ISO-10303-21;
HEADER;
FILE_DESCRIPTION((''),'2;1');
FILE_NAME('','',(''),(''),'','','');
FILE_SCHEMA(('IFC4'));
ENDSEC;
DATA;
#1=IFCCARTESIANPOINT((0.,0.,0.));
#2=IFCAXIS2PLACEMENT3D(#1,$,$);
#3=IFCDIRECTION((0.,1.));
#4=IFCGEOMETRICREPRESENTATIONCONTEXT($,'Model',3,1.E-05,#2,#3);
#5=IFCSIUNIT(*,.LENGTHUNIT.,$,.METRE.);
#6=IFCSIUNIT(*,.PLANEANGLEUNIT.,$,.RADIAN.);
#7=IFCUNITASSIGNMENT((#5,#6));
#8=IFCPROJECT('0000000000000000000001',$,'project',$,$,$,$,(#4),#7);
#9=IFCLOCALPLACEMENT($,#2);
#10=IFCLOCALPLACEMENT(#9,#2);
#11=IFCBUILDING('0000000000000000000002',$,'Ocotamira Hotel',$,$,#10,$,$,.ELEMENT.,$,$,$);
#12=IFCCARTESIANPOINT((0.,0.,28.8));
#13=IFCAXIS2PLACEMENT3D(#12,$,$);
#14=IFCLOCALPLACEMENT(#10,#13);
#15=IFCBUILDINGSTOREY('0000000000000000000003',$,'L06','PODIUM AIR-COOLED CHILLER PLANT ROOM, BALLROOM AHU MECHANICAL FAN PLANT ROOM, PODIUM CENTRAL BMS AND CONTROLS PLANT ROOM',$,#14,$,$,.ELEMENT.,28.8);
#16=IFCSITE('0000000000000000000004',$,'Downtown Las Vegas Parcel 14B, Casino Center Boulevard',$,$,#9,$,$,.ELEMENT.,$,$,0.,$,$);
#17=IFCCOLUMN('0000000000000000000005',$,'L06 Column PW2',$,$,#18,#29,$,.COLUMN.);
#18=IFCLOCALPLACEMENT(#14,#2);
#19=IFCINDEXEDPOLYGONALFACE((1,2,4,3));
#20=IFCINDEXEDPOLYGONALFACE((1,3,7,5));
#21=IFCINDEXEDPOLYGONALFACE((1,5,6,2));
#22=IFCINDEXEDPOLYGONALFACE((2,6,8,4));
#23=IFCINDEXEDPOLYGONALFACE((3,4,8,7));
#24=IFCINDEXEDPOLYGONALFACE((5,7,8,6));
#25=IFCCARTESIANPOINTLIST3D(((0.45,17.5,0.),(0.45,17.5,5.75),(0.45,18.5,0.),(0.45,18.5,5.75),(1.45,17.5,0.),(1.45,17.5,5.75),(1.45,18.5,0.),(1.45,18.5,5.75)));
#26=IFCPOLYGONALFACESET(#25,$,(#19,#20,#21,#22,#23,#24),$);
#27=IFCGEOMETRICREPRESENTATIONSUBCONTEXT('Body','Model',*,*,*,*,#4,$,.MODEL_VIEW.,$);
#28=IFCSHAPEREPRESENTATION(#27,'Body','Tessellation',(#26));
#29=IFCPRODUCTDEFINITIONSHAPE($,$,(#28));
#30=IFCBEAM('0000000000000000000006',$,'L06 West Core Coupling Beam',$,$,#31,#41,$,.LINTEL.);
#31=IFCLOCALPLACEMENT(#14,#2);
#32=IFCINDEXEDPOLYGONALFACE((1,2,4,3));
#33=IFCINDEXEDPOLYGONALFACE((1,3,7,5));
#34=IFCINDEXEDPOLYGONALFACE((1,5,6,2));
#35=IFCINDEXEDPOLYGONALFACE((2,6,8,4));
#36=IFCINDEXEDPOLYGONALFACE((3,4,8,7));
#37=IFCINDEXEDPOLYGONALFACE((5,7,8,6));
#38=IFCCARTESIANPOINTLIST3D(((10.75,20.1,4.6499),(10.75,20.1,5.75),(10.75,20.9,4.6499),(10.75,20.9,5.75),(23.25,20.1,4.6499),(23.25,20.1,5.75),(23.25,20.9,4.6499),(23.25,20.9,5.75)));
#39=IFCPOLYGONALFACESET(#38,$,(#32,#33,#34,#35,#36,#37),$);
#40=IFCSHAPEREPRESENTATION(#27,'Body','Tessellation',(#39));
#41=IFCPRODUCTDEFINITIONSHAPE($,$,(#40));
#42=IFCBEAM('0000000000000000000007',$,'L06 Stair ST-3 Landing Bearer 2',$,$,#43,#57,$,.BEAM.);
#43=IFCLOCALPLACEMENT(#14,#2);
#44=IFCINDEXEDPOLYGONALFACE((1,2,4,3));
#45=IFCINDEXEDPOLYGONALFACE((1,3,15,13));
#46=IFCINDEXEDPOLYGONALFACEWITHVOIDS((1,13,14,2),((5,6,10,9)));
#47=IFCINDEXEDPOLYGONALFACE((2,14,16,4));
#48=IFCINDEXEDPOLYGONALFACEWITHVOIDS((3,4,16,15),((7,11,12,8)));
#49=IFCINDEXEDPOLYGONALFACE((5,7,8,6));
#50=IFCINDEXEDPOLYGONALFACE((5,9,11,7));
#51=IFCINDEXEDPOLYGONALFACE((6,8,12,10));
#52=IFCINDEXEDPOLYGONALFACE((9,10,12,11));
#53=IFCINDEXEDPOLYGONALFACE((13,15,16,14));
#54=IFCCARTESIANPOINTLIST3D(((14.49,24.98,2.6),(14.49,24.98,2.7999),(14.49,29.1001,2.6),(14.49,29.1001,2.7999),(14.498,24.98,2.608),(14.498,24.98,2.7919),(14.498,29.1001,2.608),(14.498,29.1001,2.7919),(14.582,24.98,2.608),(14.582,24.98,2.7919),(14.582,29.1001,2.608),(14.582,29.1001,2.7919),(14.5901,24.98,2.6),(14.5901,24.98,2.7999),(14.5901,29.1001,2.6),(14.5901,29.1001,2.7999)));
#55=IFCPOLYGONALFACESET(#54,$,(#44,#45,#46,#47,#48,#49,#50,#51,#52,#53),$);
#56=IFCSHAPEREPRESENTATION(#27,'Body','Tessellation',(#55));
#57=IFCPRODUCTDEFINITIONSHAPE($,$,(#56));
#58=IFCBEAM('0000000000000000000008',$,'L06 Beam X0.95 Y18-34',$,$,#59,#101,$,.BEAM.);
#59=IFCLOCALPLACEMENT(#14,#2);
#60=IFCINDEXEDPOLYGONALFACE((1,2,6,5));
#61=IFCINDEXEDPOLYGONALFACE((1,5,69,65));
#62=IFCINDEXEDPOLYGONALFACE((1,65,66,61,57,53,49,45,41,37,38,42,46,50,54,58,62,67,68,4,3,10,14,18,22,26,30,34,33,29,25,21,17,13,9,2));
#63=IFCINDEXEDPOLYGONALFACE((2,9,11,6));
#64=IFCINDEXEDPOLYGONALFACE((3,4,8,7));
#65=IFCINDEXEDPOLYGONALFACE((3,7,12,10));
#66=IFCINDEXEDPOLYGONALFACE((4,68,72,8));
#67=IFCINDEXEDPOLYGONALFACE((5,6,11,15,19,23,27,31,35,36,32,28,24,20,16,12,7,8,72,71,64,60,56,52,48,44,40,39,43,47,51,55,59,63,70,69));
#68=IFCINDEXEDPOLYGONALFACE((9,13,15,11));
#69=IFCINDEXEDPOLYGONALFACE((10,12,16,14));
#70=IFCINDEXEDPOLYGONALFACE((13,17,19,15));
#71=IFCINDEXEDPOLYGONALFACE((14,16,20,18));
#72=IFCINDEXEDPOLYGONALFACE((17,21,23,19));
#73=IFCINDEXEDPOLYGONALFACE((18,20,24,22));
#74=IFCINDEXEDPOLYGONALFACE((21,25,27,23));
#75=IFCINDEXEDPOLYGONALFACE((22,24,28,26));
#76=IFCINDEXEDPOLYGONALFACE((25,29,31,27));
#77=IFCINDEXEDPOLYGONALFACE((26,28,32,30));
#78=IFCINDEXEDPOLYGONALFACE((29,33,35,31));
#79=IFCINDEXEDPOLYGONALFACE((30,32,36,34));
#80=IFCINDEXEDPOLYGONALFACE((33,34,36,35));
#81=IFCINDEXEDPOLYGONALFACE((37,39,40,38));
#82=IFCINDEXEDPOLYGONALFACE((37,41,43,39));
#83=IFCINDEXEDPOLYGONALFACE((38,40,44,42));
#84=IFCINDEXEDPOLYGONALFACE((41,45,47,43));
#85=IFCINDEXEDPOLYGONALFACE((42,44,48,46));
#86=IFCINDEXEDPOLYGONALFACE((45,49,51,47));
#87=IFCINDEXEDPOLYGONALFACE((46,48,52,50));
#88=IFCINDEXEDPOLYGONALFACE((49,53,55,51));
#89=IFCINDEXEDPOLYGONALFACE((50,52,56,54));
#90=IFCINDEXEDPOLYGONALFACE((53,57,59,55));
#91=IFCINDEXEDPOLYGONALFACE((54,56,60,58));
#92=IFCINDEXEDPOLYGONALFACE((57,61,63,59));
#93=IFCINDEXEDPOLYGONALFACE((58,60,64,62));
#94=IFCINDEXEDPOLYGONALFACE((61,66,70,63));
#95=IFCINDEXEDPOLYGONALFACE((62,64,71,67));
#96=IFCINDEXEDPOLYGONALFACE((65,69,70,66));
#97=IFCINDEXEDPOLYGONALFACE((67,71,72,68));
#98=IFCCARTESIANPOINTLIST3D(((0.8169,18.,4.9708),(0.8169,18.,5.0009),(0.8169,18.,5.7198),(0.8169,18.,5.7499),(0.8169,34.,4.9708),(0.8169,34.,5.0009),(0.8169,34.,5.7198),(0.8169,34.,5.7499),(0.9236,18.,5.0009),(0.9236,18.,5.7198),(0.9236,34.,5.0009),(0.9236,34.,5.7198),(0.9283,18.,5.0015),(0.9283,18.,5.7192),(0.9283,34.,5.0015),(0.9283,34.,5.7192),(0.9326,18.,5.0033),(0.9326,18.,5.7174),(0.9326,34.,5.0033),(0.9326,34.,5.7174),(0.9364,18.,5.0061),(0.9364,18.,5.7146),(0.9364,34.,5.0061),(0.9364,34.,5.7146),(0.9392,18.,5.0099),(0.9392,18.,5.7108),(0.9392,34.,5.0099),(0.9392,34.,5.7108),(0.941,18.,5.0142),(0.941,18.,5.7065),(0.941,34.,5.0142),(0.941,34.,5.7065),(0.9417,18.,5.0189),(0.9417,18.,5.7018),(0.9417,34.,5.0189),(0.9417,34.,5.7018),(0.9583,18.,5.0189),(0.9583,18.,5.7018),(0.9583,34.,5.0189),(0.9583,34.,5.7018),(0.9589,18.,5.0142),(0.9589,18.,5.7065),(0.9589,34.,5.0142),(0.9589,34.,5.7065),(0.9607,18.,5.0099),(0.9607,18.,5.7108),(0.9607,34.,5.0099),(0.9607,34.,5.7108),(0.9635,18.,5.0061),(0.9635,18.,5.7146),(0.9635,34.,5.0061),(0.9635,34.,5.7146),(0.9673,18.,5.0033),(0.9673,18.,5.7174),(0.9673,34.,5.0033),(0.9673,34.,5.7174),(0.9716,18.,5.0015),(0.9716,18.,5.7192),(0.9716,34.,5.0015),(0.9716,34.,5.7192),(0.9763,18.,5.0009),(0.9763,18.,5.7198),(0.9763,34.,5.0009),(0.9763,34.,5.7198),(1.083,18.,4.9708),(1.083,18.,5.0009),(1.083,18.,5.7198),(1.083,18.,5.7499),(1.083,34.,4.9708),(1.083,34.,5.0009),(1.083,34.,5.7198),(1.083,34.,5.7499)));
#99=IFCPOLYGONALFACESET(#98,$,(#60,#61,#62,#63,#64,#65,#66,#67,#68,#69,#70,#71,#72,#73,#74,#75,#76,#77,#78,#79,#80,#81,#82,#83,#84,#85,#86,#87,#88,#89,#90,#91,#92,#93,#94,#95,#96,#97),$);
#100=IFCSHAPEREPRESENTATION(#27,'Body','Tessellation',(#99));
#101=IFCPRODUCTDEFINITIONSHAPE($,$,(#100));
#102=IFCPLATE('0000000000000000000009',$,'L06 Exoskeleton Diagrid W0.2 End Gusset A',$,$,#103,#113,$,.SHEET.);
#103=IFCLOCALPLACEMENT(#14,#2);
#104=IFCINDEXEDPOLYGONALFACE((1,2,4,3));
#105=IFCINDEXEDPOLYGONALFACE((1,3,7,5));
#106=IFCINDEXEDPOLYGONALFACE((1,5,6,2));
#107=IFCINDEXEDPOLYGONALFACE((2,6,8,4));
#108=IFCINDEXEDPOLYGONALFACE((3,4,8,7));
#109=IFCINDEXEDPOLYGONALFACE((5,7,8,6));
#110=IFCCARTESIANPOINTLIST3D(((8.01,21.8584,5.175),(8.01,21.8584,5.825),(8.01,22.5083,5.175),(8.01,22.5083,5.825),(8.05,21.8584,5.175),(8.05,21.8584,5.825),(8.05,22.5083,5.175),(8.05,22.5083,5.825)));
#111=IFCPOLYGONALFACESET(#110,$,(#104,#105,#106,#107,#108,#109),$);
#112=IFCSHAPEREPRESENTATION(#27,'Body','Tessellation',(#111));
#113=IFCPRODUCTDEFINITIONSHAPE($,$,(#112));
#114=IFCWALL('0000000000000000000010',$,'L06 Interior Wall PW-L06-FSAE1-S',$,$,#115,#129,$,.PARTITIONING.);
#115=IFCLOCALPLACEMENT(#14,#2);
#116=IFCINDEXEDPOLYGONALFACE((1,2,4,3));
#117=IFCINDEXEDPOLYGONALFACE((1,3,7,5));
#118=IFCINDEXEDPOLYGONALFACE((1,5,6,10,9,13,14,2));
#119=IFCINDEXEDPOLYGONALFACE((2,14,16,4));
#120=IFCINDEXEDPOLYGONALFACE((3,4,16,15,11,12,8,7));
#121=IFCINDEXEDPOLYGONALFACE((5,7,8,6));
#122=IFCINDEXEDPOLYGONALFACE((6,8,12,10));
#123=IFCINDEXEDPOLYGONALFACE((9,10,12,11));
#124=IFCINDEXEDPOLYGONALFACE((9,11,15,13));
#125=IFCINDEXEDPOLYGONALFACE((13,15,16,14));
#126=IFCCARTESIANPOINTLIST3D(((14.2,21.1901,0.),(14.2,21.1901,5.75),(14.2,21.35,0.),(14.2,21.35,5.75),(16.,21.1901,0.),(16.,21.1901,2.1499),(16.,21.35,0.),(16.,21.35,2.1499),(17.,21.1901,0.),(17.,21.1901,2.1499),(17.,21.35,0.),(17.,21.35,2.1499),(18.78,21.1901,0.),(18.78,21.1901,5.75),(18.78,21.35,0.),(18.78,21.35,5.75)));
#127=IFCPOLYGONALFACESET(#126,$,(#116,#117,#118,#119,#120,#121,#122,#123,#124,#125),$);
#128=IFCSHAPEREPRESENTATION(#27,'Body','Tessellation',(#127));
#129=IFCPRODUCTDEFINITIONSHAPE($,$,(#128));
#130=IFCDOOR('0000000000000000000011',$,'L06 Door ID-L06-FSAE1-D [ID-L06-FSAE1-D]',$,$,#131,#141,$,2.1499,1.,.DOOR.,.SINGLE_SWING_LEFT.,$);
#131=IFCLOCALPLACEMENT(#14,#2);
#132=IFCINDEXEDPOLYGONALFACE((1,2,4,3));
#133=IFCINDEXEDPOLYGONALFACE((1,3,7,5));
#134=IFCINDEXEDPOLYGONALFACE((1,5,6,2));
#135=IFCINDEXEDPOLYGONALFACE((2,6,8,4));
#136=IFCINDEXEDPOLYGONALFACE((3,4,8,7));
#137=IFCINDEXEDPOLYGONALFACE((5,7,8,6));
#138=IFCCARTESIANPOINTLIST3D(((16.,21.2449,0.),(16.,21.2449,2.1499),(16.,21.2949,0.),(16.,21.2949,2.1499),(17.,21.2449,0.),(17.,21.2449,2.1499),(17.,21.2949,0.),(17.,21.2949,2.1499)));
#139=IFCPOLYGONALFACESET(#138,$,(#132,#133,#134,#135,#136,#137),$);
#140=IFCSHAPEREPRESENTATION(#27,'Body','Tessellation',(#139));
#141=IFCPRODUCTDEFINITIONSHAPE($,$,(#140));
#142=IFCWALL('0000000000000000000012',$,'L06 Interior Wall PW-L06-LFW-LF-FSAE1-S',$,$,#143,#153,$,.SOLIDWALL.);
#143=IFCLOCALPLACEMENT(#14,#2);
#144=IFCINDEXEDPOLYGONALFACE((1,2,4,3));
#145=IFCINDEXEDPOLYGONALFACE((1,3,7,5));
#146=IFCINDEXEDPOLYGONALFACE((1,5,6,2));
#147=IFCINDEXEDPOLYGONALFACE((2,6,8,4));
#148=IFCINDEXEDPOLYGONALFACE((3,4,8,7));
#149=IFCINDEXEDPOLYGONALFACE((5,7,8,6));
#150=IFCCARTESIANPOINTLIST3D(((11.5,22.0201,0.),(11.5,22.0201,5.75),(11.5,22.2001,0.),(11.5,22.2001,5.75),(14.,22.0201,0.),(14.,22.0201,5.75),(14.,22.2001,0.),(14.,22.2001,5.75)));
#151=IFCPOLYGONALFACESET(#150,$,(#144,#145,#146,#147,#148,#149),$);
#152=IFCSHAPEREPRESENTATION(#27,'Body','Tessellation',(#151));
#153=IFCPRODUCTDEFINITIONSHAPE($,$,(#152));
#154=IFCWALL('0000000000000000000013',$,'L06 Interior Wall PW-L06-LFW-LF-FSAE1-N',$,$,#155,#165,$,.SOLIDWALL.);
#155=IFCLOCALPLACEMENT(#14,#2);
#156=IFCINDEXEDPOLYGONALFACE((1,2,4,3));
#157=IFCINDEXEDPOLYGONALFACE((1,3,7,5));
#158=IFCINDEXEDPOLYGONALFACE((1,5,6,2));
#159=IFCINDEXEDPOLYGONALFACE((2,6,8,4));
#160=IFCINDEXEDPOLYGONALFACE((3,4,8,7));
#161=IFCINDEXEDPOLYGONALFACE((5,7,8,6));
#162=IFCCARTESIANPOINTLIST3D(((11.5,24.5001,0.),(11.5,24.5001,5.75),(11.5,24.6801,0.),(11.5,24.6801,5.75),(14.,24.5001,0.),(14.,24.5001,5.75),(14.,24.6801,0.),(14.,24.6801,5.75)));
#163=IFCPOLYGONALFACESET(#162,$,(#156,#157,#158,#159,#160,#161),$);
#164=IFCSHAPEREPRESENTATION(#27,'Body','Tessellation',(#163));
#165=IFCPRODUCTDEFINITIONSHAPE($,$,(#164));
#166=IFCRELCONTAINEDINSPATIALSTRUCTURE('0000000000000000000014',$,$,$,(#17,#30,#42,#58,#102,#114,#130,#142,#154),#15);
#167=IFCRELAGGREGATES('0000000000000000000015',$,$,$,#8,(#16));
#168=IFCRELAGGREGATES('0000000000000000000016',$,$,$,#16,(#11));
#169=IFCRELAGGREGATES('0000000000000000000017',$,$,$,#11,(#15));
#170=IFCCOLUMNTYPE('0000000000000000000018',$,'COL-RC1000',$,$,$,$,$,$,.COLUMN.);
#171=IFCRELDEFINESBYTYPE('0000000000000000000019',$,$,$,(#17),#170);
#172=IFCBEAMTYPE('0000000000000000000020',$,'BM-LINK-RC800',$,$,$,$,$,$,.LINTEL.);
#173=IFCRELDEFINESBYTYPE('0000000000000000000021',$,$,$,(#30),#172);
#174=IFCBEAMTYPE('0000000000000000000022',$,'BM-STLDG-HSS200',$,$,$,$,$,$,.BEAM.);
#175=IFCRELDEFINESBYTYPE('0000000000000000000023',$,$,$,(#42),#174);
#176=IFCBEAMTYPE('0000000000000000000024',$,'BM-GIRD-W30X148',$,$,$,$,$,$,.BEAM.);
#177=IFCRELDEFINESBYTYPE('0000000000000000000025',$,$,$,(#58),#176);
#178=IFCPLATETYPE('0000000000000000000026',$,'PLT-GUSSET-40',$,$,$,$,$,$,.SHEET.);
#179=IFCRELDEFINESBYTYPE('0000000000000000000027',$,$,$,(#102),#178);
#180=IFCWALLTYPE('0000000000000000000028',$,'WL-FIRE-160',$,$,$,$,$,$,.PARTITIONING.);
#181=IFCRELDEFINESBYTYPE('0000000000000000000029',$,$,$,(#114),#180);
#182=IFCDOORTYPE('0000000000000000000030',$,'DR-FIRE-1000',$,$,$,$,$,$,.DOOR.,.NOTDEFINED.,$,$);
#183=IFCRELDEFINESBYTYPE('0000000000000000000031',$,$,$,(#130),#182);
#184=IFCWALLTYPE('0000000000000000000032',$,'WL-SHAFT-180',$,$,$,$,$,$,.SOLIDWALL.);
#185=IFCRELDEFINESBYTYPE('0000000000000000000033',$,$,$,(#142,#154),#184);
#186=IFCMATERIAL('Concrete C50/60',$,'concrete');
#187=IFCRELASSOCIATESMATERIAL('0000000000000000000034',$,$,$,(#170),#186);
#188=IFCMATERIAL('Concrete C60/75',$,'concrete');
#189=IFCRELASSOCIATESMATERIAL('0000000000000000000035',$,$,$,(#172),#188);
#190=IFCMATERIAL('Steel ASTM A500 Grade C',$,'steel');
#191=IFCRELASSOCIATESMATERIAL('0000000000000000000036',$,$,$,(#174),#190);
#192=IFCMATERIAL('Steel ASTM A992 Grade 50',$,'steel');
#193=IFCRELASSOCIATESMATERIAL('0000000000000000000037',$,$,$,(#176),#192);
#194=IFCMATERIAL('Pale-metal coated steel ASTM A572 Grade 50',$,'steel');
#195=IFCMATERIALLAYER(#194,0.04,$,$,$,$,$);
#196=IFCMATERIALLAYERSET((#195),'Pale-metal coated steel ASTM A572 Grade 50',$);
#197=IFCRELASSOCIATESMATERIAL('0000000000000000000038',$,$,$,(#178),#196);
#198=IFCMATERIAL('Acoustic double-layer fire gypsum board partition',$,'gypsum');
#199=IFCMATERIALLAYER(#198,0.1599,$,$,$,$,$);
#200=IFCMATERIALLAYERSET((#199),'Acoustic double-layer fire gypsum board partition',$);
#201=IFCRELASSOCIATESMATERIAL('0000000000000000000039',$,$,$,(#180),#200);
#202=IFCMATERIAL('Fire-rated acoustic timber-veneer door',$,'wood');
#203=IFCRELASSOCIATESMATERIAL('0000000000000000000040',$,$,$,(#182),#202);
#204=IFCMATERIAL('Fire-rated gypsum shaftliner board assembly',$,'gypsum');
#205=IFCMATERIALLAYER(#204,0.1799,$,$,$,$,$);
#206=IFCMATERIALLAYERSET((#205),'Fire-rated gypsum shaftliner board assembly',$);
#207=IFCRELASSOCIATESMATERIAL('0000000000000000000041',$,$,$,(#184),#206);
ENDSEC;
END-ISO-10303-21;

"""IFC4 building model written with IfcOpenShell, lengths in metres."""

from ifc_helpers import new_model, si_unit, direction, frame, frame_2d, origin, origin_2d, place, context, subcontext, project, spatial, rectangle, hollow_rectangle, i_section, extrude, source, transform, mapped, material, layer, layer_set, material_profile, profile_set, type_object, element, fill, save


model = new_model("IFC4")

# Units and contexts
model_context = context("Model", 3, precision=1e-05, world=origin(), true_north=direction((0.0, 1.0)))
body_context = subcontext(model_context, "Body", "Model", "MODEL_VIEW")
ifc_project = project(units=[si_unit("LENGTHUNIT", "METRE"), si_unit("PLANEANGLEUNIT", "RADIAN")], contexts=[model_context])

# Site, building, storey
site_placement = place(None, origin())
site = spatial("IfcSite", under=ifc_project, at=site_placement, Name="Downtown Las Vegas Parcel 14B, Casino Center Boulevard", CompositionType="ELEMENT", RefElevation=0.0)
building_placement = place(site_placement, origin())
building = spatial("IfcBuilding", under=site, at=building_placement, Name="Ocotamira Hotel", CompositionType="ELEMENT")
storey_placement = place(building_placement, frame((0.0, 0.0, 28.8)))
storey = spatial("IfcBuildingStorey", under=building, at=storey_placement, Name="L06", Description="PODIUM AIR-COOLED CHILLER PLANT ROOM, BALLROOM AHU MECHANICAL FAN PLANT ROOM, PODIUM CENTRAL BMS AND CONTROLS PLANT ROOM", CompositionType="ELEMENT", Elevation=28.8)

# Column
ifc_material_1 = material(Name="Concrete C50/60", Category="concrete")
ifc_material_profile_1 = material_profile(ifc_material_1, rectangle(XDim=1.0, YDim=1.0, at=origin_2d()), Name="RC1000X1000")
ifc_profile_set_1 = profile_set([ifc_material_profile_1], Name="Concrete C50/60")
column_type = type_object("IfcColumnType", Name="COL-RC1000", PredefinedType="COLUMN", material=ifc_profile_set_1)
shared_shape_1 = source(origin(), body_context, "Body", "SweptSolid", [
    extrude(rectangle(XDim=1.0, YDim=1.0, at=origin_2d()), origin(), (0.0, 0.0, 1.0), 5.75),
])
column_placement = place(storey_placement, frame((0.95, 18.0, 0.0), z_axis=(0.0, 0.0, 1.0), x_axis=(1.0, 0.0, 0.0)))
element("IfcColumn", 1, at=column_placement, inside=storey, type_object=column_type, Name="L06 Column PW2", PredefinedType="COLUMN", context=body_context, shape_type="MappedRepresentation", body=[
    mapped(shared_shape_1, transform((0.0, 0.0, 0.0), scale=1.0)),
])

# Beams
ifc_material_2 = material(Name="Concrete C60/75", Category="concrete")
ifc_material_profile_2 = material_profile(ifc_material_2, rectangle(XDim=0.8, YDim=1.1001, at=origin_2d()), Name="RC800X1100")
ifc_profile_set_2 = profile_set([ifc_material_profile_2], Name="Concrete C60/75")
beam_type_1 = type_object("IfcBeamType", Name="BM-LINK-RC800", PredefinedType="LINTEL", material=ifc_profile_set_2)
shared_shape_2 = source(origin(), body_context, "Body", "SweptSolid", [
    extrude(rectangle(XDim=0.8, YDim=1.1001, at=origin_2d()), origin(), (0.0, 0.0, 1.0), 12.5),
])
beam_1_placement = place(storey_placement, frame((10.75, 20.5, 5.2), z_axis=(1.0, 0.0, 0.0), x_axis=(0.0, 1.0, 0.0)))
element("IfcBeam", 2, at=beam_1_placement, inside=storey, type_object=beam_type_1, Name="L06 West Core Coupling Beam", PredefinedType="LINTEL", context=body_context, shape_type="MappedRepresentation", body=[
    mapped(shared_shape_2, transform((0.0, 0.0, 0.0), scale=1.0)),
])
ifc_material_3 = material(Name="Steel ASTM A500 Grade C", Category="steel")
ifc_material_profile_3 = material_profile(ifc_material_3, hollow_rectangle(XDim=0.1001, YDim=0.2, WallThickness=0.0081, at=origin_2d()), Name="HSS200X100X8")
ifc_profile_set_3 = profile_set([ifc_material_profile_3], Name="Steel ASTM A500 Grade C")
beam_type_2 = type_object("IfcBeamType", Name="BM-STLDG-HSS200", PredefinedType="BEAM", material=ifc_profile_set_3)
shared_shape_3 = source(origin(), body_context, "Body", "SweptSolid", [
    extrude(hollow_rectangle(XDim=0.1001, YDim=0.2, WallThickness=0.0081, at=origin_2d()), origin(), (0.0, 0.0, 1.0), 4.1201),
])
beam_2_placement = place(storey_placement, frame((14.54, 24.98, 2.7), z_axis=(0.0, 1.0, 0.0), x_axis=(-1.0, 0.0, 0.0)))
element("IfcBeam", 3, at=beam_2_placement, inside=storey, type_object=beam_type_2, Name="L06 Stair ST-3 Landing Bearer 2", PredefinedType="BEAM", context=body_context, shape_type="MappedRepresentation", body=[
    mapped(shared_shape_3, transform((0.0, 0.0, 0.0), scale=1.0)),
])
ifc_material_4 = material(Name="Steel ASTM A992 Grade 50", Category="steel")
ifc_material_profile_4 = material_profile(ifc_material_4, i_section(OverallWidth=0.2661, OverallDepth=0.7791, WebThickness=0.0166, FlangeThickness=0.03, FilletRadius=0.0181, at=origin_2d()), Name="W30X148")
ifc_profile_set_4 = profile_set([ifc_material_profile_4], Name="Steel ASTM A992 Grade 50")
beam_type_3 = type_object("IfcBeamType", Name="BM-GIRD-W30X148", PredefinedType="BEAM", material=ifc_profile_set_4)
shared_shape_4 = source(origin(), body_context, "Body", "SweptSolid", [
    extrude(i_section(OverallWidth=0.2661, OverallDepth=0.7791, WebThickness=0.0166, FlangeThickness=0.03, FilletRadius=0.0181, at=origin_2d()), origin(), (0.0, 0.0, 1.0), 16.0),
])
beam_3_placement = place(storey_placement, frame((0.95, 18.0, 5.3604), z_axis=(0.0, 1.0, 0.0), x_axis=(-1.0, 0.0, 0.0)))
element("IfcBeam", 4, at=beam_3_placement, inside=storey, type_object=beam_type_3, Name="L06 Beam X0.95 Y18-34", PredefinedType="BEAM", context=body_context, shape_type="MappedRepresentation", body=[
    mapped(shared_shape_4, transform((0.0, 0.0, 0.0), scale=1.0)),
])

# Plate
ifc_material_5 = material(Name="Pale-metal coated steel ASTM A572 Grade 50", Category="steel")
ifc_layer_1 = layer(ifc_material_5, 0.04)
ifc_layer_set_1 = layer_set([ifc_layer_1], Name="Pale-metal coated steel ASTM A572 Grade 50")
plate_type = type_object("IfcPlateType", Name="PLT-GUSSET-40", PredefinedType="SHEET", material=ifc_layer_set_1)
shared_shape_5 = source(origin(), body_context, "Body", "SweptSolid", [
    extrude(rectangle(XDim=0.04, YDim=0.6499, at=origin_2d()), origin(), (0.0, 0.0, 1.0), 0.6499),
])
plate_placement = place(storey_placement, frame((8.03, 22.1833, 5.175), z_axis=(0.0, 0.0, 1.0), x_axis=(1.0, 0.0, 0.0)))
element("IfcPlate", 5, at=plate_placement, inside=storey, type_object=plate_type, Name="L06 Exoskeleton Diagrid W0.2 End Gusset A", PredefinedType="SHEET", context=body_context, shape_type="MappedRepresentation", body=[
    mapped(shared_shape_5, transform((0.0, 0.0, 0.0), scale=1.0)),
])

# Wall, opening, door
ifc_material_6 = material(Name="Acoustic double-layer fire gypsum board partition", Category="gypsum")
ifc_layer_2 = layer(ifc_material_6, 0.1599)
ifc_layer_set_2 = layer_set([ifc_layer_2], Name="Acoustic double-layer fire gypsum board partition")
wall_type_1 = type_object("IfcWallType", Name="WL-FIRE-160", PredefinedType="PARTITIONING", material=ifc_layer_set_2)
wall_1_placement = place(storey_placement, frame((14.2, 21.27, 0.0), z_axis=(0.0, 0.0, 1.0), x_axis=(1.0, 0.0, 0.0)))
wall_1 = element("IfcWall", 6, at=wall_1_placement, inside=storey, type_object=wall_type_1, Name="L06 Interior Wall PW-L06-FSAE1-S", PredefinedType="PARTITIONING", context=body_context, shape_type="SweptSolid", body=[
    extrude(rectangle(XDim=4.5801, YDim=0.1599, at=frame_2d((2.29, 0.0))), origin(), (0.0, 0.0, 1.0), 5.75),
])
opening_1_placement = place(wall_1_placement, frame((1.8, 0.0, 0.0)))
opening_1 = element("IfcOpeningElement", 7, at=opening_1_placement, cuts=wall_1, PredefinedType="OPENING", context=body_context, shape_type="SweptSolid", body=[
    extrude(rectangle(XDim=1.0, YDim=2.1499, at=frame_2d((0.5, 1.075))), frame((0.0, 0.0898, 0.0), z_axis=(0.0, -1.0, 0.0), x_axis=(1.0, 0.0, 0.0)), (0.0, 0.0, 1.0), 0.1799),
])
ifc_material_7 = material(Name="Fire-rated acoustic timber-veneer door", Category="wood")
door_type_1 = type_object("IfcDoorType", Name="DR-FIRE-1000", OperationType="NOTDEFINED", PredefinedType="DOOR", material=ifc_material_7)
shared_shape_6 = source(origin(), body_context, "Body", "SweptSolid", [
    extrude(rectangle(XDim=1.0, YDim=2.1499, at=frame_2d((0.5, 1.075))), frame((0.0, 0.0249, 0.0), z_axis=(0.0, -1.0, 0.0), x_axis=(1.0, 0.0, 0.0)), (0.0, 0.0, 1.0), 0.05),
])
door_1_placement = place(opening_1_placement, origin())
door_1 = element("IfcDoor", 8, at=door_1_placement, inside=storey, type_object=door_type_1, Name="L06 Door ID-L06-FSAE1-D [ID-L06-FSAE1-D]", OperationType="SINGLE_SWING_LEFT", OverallHeight=2.1499, OverallWidth=1.0, PredefinedType="DOOR", context=body_context, shape_type="MappedRepresentation", body=[
    mapped(shared_shape_6, transform((0.0, 0.0, 0.0), scale=1.0)),
])
fill(opening_1, door_1)

# Walls
ifc_material_8 = material(Name="Fire-rated gypsum shaftliner board assembly", Category="gypsum")
ifc_layer_3 = layer(ifc_material_8, 0.1799)
ifc_layer_set_3 = layer_set([ifc_layer_3], Name="Fire-rated gypsum shaftliner board assembly")
wall_type_2 = type_object("IfcWallType", Name="WL-SHAFT-180", PredefinedType="SOLIDWALL", material=ifc_layer_set_3)
for number, where, z_axis, x_axis, name in (
    (9, (11.5, 22.1101, 0.0), (0.0, 0.0, 1.0), (1.0, 0.0, 0.0), "L06 Interior Wall PW-L06-LFW-LF-FSAE1-S"),
    (10, (11.5, 24.5901, 0.0), (0.0, 0.0, 1.0), (1.0, 0.0, 0.0), "L06 Interior Wall PW-L06-LFW-LF-FSAE1-N"),
):
    element("IfcWall", number, at=place(storey_placement, frame(where, z_axis=z_axis, x_axis=x_axis)), inside=storey, type_object=wall_type_2, Name=name, PredefinedType="SOLIDWALL", context=body_context, shape_type="SweptSolid", body=[
        extrude(rectangle(XDim=2.5, YDim=0.1799, at=frame_2d((1.25, 0.0))), origin(), (0.0, 0.0, 1.0), 5.75),
    ])

save(model, "model.ifc")
